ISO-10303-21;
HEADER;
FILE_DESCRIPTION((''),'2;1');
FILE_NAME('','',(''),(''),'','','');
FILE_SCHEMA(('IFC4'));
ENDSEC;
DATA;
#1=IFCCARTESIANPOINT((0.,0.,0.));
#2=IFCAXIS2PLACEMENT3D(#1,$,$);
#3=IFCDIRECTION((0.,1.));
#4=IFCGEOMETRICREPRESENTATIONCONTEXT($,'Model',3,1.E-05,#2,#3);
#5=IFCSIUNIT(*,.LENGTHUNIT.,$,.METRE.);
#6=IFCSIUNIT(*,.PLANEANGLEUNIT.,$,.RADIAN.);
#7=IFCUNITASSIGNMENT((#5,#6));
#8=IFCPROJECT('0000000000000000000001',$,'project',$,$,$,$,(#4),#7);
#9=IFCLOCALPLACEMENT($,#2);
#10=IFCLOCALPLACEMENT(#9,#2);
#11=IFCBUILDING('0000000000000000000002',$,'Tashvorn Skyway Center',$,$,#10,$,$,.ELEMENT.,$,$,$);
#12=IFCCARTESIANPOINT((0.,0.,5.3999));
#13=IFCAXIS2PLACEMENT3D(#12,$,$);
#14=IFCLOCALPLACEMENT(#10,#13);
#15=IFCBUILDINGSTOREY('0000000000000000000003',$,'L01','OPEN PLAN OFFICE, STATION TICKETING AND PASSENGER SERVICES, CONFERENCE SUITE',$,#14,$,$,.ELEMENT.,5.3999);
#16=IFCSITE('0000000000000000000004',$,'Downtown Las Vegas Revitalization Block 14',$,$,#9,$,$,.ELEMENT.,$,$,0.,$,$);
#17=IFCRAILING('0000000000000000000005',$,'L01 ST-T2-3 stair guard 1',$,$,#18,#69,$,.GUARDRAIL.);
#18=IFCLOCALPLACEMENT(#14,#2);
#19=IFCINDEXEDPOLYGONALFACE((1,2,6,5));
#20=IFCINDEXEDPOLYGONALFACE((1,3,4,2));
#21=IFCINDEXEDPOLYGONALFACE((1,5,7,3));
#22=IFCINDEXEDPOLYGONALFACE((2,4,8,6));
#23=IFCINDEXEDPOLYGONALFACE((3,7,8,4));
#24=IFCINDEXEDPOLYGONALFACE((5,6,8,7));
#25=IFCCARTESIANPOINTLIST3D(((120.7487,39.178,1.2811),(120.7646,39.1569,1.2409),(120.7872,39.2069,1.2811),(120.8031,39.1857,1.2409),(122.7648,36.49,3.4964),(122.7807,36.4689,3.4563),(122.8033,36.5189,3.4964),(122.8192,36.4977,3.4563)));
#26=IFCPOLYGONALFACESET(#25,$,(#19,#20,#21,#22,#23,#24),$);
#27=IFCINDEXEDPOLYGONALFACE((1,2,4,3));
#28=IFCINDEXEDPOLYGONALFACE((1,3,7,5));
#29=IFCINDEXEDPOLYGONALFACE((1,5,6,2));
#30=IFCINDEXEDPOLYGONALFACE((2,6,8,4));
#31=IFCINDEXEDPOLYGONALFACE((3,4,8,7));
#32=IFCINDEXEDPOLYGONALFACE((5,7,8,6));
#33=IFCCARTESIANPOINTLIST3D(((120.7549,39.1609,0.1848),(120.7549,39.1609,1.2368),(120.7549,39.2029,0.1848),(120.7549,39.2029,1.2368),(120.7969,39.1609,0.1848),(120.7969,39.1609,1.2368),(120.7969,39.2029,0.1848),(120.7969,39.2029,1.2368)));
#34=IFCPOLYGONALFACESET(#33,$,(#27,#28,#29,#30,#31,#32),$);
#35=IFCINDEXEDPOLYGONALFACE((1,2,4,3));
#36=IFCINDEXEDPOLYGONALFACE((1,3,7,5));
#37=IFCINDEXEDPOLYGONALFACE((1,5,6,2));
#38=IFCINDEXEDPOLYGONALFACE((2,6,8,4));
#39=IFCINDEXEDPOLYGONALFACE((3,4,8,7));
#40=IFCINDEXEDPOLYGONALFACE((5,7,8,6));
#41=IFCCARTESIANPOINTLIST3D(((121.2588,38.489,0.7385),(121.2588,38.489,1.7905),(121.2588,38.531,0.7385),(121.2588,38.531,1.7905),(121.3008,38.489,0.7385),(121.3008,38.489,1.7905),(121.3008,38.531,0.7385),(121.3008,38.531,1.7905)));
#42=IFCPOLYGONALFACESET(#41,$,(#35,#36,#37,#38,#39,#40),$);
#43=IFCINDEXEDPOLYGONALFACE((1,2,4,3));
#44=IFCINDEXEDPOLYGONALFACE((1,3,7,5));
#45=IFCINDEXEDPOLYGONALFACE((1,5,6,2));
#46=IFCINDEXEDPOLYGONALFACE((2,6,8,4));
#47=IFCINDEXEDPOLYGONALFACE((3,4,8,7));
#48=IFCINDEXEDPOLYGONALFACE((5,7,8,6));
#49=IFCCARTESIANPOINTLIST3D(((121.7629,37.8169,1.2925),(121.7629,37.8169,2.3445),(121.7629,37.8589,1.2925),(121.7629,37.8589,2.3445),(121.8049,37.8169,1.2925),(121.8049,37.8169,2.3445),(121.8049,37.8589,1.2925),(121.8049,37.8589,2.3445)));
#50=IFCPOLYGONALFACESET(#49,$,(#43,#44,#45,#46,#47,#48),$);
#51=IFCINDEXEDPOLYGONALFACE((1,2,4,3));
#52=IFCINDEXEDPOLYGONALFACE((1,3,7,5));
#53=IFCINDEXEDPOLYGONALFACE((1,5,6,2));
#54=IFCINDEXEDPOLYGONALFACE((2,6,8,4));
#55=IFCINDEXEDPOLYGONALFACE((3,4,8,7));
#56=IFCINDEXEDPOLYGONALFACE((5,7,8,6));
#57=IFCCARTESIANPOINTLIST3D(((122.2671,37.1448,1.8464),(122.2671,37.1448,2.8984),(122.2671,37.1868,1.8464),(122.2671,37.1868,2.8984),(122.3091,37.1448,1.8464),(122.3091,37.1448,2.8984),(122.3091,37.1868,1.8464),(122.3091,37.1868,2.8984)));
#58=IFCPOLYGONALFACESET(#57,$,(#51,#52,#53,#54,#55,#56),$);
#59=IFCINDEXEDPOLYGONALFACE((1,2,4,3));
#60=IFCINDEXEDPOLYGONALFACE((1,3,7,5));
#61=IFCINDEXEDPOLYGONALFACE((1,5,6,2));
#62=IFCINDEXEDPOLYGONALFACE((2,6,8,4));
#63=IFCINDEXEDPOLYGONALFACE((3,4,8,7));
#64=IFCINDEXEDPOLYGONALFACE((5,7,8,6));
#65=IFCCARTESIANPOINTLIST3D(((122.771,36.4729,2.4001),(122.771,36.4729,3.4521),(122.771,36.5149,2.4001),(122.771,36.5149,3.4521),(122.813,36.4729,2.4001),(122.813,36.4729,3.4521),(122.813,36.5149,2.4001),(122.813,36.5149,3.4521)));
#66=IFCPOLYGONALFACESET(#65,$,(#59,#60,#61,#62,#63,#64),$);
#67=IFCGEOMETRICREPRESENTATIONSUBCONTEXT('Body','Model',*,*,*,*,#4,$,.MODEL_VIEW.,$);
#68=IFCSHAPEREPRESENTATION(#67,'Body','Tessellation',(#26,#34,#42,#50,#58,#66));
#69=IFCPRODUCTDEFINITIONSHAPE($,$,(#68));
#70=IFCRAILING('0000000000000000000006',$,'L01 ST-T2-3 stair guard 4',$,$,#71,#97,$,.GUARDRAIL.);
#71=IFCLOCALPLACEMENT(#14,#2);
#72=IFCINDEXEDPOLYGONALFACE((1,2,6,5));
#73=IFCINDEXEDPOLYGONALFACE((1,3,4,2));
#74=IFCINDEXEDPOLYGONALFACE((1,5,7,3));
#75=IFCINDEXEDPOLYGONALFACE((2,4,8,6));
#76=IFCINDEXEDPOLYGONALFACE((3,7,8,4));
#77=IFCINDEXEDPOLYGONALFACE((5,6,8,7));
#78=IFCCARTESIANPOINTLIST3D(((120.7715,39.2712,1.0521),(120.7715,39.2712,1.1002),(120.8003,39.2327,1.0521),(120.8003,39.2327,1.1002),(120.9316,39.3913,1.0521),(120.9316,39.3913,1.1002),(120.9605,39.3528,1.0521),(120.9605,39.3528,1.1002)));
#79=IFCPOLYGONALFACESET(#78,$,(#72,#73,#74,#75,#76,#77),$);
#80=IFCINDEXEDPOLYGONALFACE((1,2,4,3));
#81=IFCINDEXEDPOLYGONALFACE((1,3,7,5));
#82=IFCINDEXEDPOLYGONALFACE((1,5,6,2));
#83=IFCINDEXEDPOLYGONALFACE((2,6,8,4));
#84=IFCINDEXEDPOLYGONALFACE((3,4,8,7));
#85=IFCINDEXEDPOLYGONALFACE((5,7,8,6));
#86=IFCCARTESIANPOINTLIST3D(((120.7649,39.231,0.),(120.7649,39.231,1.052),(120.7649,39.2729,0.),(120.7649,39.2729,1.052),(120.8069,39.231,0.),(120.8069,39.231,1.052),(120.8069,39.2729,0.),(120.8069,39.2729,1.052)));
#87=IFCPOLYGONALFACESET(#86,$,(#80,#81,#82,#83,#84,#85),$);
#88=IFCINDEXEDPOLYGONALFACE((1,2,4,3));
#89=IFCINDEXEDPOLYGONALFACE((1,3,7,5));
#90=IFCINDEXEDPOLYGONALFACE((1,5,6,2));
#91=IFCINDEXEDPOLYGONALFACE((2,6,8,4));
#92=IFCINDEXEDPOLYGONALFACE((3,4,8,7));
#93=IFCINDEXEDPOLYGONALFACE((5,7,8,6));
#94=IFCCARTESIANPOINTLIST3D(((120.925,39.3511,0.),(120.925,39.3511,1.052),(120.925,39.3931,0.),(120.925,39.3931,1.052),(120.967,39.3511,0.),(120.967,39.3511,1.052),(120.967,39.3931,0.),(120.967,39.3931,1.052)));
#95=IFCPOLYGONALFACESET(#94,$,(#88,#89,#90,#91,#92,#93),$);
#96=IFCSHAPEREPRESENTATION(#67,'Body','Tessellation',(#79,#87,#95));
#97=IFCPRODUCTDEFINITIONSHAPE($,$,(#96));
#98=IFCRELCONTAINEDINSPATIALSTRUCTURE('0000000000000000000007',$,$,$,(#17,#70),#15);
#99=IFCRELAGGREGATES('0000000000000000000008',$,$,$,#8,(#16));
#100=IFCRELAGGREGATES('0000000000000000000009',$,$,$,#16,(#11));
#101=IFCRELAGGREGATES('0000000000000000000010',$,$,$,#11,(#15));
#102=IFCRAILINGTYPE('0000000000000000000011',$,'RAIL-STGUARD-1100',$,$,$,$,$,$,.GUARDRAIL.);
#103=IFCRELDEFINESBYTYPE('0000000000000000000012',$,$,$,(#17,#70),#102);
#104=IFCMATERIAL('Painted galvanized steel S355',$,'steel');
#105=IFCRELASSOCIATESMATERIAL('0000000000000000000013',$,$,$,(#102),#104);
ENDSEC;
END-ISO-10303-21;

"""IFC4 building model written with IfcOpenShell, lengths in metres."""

from ifc_helpers import new_model, si_unit, direction, frame, origin, origin_2d, place, context, subcontext, project, spatial, rectangle, extrude, material, type_object, element, save


model = new_model("IFC4")

# Units and contexts
model_context = context("Model", 3, precision=1e-05, world=origin(), true_north=direction((0.0, 1.0)))
body_context = subcontext(model_context, "Body", "Model", "MODEL_VIEW")
ifc_project = project(units=[si_unit("LENGTHUNIT", "METRE"), si_unit("PLANEANGLEUNIT", "RADIAN")], contexts=[model_context])

# Site, building, storey
site_placement = place(None, origin())
site = spatial("IfcSite", under=ifc_project, at=site_placement, Name="Downtown Las Vegas Revitalization Block 14", CompositionType="ELEMENT", RefElevation=0.0)
building_placement = place(site_placement, origin())
building = spatial("IfcBuilding", under=site, at=building_placement, Name="Tashvorn Skyway Center", CompositionType="ELEMENT")
storey_placement = place(building_placement, frame((0.0, 0.0, 5.3999)))
storey = spatial("IfcBuildingStorey", under=building, at=storey_placement, Name="L01", Description="OPEN PLAN OFFICE, STATION TICKETING AND PASSENGER SERVICES, CONFERENCE SUITE", CompositionType="ELEMENT", Elevation=5.3999)

# Railings
ifc_material_1 = material(Name="Painted galvanized steel S355", Category="steel")
railing_type_1 = type_object("IfcRailingType", Name="RAIL-STGUARD-1100", PredefinedType="GUARDRAIL", material=ifc_material_1)
railing_1_placement = place(storey_placement, frame((120.7759, 39.1819, 0.1848)))
element("IfcRailing", 1, at=railing_1_placement, inside=storey, type_object=railing_type_1, Name="L01 ST-T2-3 stair guard 1", PredefinedType="GUARDRAIL", context=body_context, shape_type="SweptSolid", body=[
    extrude(rectangle(XDim=0.0481, YDim=0.0481, at=origin_2d()), frame((0.0, 0.0, 1.0762), z_axis=(0.500943, -0.667884, 0.550443), x_axis=(0.799983, 0.600023, 0.0)), (0.0, 0.0, 1.0), 4.0247),
    extrude(rectangle(XDim=0.042, YDim=0.042, at=origin_2d()), origin(), (0.0, 0.0, 1.0), 1.052),
    extrude(rectangle(XDim=0.042, YDim=0.042, at=origin_2d()), frame((0.5039, -0.6719, 0.5537)), (0.0, 0.0, 1.0), 1.052),
    extrude(rectangle(XDim=0.042, YDim=0.042, at=origin_2d()), frame((1.0081, -1.344, 1.1077)), (0.0, 0.0, 1.0), 1.052),
    extrude(rectangle(XDim=0.042, YDim=0.042, at=origin_2d()), frame((1.5122, -2.0161, 1.6616)), (0.0, 0.0, 1.0), 1.052),
    extrude(rectangle(XDim=0.042, YDim=0.042, at=origin_2d()), frame((2.0161, -2.688, 2.2153)), (0.0, 0.0, 1.0), 1.052),
])
railing_2_placement = place(storey_placement, frame((120.7859, 39.252, 0.0)))
element("IfcRailing", 2, at=railing_2_placement, inside=storey, type_object=railing_type_1, Name="L01 ST-T2-3 stair guard 4", PredefinedType="GUARDRAIL", context=body_context, shape_type="SweptSolid", body=[
    extrude(rectangle(XDim=0.0481, YDim=0.0481, at=origin_2d()), frame((0.0, 0.0, 1.0762), z_axis=(0.8, 0.6, 0.0), x_axis=(-0.6, 0.8, 0.0)), (0.0, 0.0, 1.0), 0.2002),
    extrude(rectangle(XDim=0.042, YDim=0.042, at=origin_2d()), origin(), (0.0, 0.0, 1.0), 1.052),
    extrude(rectangle(XDim=0.042, YDim=0.042, at=origin_2d()), frame((0.1602, 0.1201, 0.0)), (0.0, 0.0, 1.0), 1.052),
])

save(model, "model.ifc")
